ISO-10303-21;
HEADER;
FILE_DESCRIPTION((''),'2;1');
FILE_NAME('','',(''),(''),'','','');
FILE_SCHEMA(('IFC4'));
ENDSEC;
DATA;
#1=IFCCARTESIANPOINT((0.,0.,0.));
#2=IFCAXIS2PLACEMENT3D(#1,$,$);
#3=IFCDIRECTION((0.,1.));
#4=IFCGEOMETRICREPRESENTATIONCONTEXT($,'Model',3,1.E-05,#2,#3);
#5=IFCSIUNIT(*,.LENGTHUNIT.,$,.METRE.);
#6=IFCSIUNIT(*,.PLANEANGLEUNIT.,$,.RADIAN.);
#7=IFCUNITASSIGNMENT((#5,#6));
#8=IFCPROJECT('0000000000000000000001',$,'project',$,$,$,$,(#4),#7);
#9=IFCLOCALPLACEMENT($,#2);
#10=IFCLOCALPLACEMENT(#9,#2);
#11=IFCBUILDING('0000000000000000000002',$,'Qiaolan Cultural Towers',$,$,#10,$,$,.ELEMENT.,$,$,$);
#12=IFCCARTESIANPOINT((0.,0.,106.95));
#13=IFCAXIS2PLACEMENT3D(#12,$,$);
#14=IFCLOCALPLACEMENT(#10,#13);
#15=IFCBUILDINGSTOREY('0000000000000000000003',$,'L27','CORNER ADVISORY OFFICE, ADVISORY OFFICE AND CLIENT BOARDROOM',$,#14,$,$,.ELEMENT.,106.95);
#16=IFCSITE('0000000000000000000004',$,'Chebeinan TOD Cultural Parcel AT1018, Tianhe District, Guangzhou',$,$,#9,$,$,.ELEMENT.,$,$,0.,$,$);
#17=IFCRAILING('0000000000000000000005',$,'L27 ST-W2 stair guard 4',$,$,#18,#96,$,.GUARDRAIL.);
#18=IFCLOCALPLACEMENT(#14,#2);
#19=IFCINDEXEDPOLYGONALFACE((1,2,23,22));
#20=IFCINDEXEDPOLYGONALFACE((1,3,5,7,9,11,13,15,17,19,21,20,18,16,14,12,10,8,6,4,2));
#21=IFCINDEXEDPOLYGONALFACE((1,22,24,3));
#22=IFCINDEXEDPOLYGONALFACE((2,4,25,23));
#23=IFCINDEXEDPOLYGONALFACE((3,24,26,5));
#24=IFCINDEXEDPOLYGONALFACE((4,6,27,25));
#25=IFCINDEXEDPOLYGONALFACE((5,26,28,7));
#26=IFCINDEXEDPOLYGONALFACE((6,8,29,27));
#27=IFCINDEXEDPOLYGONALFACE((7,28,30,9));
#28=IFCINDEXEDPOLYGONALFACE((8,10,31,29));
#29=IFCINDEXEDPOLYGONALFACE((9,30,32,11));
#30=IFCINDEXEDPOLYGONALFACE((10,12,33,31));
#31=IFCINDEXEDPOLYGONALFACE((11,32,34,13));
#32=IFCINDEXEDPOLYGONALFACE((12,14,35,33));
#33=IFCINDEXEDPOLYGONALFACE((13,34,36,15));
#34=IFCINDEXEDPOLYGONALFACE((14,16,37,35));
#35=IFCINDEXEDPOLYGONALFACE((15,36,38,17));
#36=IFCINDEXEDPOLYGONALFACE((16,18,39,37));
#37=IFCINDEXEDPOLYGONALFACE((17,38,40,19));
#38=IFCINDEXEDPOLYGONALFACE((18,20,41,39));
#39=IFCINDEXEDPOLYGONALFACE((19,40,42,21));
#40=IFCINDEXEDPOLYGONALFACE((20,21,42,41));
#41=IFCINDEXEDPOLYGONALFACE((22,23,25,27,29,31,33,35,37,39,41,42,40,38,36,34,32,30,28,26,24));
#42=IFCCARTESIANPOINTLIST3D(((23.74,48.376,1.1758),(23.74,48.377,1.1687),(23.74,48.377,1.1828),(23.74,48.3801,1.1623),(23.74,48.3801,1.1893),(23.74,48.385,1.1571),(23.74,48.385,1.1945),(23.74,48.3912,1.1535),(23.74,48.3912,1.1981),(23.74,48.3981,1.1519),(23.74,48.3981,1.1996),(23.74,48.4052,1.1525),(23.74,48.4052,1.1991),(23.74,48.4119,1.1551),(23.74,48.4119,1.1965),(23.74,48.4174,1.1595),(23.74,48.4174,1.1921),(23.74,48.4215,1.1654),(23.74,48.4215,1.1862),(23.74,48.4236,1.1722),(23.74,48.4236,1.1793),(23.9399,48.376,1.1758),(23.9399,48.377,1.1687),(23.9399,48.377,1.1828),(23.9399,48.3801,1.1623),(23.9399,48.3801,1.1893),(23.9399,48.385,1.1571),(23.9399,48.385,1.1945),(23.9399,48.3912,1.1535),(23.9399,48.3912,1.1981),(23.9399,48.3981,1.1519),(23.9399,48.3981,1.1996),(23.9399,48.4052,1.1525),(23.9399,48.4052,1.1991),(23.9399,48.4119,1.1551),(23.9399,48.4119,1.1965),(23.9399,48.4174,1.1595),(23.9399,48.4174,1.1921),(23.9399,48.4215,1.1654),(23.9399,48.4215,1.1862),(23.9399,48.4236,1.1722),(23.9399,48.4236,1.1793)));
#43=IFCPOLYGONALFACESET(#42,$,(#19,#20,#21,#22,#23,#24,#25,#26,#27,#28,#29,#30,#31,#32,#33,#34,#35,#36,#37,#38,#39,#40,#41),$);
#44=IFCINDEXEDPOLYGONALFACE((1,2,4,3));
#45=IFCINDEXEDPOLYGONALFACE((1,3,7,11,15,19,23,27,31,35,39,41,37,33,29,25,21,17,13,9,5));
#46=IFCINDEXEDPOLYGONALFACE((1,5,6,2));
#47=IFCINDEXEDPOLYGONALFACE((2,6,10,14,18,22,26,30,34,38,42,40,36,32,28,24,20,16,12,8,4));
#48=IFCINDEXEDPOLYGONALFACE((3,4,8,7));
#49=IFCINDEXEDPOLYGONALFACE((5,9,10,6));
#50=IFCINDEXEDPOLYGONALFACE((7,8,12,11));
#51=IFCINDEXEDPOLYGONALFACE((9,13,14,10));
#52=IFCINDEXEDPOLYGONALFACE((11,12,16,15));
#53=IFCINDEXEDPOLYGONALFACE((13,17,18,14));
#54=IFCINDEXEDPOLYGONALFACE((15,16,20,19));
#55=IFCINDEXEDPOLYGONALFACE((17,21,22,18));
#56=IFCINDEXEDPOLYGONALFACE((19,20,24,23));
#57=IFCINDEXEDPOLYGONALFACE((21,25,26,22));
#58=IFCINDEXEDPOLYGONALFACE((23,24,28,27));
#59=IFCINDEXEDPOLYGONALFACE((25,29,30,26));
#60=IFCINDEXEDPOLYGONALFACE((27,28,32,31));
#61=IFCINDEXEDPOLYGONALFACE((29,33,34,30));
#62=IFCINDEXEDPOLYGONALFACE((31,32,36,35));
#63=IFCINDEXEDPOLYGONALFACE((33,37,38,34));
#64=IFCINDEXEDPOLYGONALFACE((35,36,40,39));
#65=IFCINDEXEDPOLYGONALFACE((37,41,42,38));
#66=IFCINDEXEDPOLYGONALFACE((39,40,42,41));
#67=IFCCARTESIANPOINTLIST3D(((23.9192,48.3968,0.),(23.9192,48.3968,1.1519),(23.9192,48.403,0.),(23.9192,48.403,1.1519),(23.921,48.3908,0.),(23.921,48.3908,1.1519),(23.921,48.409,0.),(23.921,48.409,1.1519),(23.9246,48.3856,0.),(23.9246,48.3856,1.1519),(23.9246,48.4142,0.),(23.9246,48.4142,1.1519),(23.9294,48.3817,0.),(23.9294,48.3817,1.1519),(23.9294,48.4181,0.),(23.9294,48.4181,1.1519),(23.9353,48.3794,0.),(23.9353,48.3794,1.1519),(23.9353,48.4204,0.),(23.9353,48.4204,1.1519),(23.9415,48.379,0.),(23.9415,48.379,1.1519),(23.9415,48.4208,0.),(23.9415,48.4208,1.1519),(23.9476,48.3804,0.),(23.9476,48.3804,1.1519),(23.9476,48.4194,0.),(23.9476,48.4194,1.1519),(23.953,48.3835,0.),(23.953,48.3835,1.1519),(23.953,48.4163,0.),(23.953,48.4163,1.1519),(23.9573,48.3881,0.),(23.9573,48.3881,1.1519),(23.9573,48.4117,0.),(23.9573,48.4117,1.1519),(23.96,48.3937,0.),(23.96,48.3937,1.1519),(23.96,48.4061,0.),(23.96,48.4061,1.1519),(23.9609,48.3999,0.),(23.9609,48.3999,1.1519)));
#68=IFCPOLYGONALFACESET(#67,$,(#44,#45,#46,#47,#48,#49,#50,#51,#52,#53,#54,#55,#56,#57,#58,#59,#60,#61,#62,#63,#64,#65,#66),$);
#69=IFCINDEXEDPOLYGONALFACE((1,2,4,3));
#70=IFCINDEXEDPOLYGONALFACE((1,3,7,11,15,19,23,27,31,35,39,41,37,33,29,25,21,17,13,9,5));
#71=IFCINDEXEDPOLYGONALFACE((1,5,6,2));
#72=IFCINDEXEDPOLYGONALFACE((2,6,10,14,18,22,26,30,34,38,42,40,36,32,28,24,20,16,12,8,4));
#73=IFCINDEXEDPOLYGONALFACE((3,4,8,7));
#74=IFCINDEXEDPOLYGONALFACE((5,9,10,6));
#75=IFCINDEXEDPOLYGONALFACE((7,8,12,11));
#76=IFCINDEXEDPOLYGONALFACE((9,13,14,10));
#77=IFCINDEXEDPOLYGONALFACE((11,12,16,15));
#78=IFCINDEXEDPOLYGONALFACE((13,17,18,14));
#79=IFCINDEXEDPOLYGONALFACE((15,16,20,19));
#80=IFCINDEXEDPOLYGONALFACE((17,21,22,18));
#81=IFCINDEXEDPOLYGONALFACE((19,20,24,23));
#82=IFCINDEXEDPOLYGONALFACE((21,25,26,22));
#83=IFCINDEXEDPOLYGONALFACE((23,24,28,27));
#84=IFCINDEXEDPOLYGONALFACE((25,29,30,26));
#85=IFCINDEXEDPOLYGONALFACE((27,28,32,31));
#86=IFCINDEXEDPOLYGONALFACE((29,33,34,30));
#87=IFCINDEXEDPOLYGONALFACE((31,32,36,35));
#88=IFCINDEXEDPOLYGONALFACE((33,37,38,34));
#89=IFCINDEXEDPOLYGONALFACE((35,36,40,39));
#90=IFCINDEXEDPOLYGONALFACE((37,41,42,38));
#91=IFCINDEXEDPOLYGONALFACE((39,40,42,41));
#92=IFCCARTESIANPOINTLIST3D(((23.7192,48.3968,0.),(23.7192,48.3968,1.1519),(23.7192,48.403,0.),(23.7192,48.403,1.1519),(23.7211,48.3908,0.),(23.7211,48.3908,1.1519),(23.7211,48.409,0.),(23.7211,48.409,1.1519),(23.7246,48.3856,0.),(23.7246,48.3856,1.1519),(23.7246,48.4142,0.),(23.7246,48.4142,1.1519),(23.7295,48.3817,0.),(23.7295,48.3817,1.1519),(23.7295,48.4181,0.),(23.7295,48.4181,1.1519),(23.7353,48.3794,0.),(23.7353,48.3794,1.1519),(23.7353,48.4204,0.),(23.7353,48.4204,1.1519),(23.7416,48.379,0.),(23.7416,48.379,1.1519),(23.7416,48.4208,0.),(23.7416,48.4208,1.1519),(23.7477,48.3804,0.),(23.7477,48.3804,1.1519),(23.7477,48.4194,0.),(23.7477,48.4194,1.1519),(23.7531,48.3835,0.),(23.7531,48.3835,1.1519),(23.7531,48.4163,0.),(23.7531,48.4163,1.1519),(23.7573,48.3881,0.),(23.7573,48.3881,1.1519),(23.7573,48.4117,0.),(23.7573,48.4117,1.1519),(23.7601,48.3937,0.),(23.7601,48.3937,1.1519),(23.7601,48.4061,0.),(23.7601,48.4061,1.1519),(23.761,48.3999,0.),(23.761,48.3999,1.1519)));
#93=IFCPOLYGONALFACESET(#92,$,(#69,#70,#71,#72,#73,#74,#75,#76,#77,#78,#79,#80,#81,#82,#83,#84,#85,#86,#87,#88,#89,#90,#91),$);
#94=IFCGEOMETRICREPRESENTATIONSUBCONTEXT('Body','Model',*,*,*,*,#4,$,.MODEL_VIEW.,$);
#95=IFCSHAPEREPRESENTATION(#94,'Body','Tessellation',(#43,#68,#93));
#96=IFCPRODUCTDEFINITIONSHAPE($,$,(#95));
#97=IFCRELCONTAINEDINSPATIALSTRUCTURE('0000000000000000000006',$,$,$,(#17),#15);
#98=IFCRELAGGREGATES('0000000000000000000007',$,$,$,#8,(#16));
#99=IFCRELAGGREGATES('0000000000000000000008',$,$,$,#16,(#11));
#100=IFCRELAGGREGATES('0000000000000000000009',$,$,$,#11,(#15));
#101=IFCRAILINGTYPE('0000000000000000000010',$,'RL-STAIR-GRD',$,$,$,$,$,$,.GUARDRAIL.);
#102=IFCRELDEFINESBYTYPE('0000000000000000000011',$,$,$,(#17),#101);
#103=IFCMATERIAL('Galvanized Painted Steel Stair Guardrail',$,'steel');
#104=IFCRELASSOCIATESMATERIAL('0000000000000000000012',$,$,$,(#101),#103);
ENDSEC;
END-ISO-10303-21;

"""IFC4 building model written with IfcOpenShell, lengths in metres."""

from ifc_helpers import new_model, si_unit, direction, frame, origin, origin_2d, place, context, subcontext, project, spatial, circle, extrude, material, type_object, element, save


model = new_model("IFC4")

# Units and contexts
model_context = context("Model", 3, precision=1e-05, world=origin(), true_north=direction((0.0, 1.0)))
body_context = subcontext(model_context, "Body", "Model", "MODEL_VIEW")
ifc_project = project(units=[si_unit("LENGTHUNIT", "METRE"), si_unit("PLANEANGLEUNIT", "RADIAN")], contexts=[model_context])

# Site, building, storey
site_placement = place(None, origin())
site = spatial("IfcSite", under=ifc_project, at=site_placement, Name="Chebeinan TOD Cultural Parcel AT1018, Tianhe District, Guangzhou", CompositionType="ELEMENT", RefElevation=0.0)
building_placement = place(site_placement, origin())
building = spatial("IfcBuilding", under=site, at=building_placement, Name="Qiaolan Cultural Towers", CompositionType="ELEMENT")
storey_placement = place(building_placement, frame((0.0, 0.0, 106.95)))
storey = spatial("IfcBuildingStorey", under=building, at=storey_placement, Name="L27", Description="CORNER ADVISORY OFFICE, ADVISORY OFFICE AND CLIENT BOARDROOM", CompositionType="ELEMENT", Elevation=106.95)

# Railing
ifc_material_1 = material(Name="Galvanized Painted Steel Stair Guardrail", Category="steel")
railing_type_1 = type_object("IfcRailingType", Name="RL-STAIR-GRD", PredefinedType="GUARDRAIL", material=ifc_material_1)
railing_1_placement = place(storey_placement, frame((23.9399, 48.3999, 0.0)))
element("IfcRailing", 1, at=railing_1_placement, inside=storey, type_object=railing_type_1, Name="L27 ST-W2 stair guard 4", PredefinedType="GUARDRAIL", context=body_context, shape_type="SweptSolid", body=[
    extrude(circle(Radius=0.0239, at=origin_2d()), frame((0.0, 0.0, 1.1758), z_axis=(-1.0, 0.0, 0.0), x_axis=(0.0, -1.0, 0.0)), (0.0, 0.0, 1.0), 0.2),
    extrude(circle(Radius=0.021, at=origin_2d()), origin(), (0.0, 0.0, 1.0), 1.1519),
    extrude(circle(Radius=0.021, at=origin_2d()), frame((-0.2, 0.0, 0.0)), (0.0, 0.0, 1.0), 1.1519),
])

save(model, "model.ifc")
